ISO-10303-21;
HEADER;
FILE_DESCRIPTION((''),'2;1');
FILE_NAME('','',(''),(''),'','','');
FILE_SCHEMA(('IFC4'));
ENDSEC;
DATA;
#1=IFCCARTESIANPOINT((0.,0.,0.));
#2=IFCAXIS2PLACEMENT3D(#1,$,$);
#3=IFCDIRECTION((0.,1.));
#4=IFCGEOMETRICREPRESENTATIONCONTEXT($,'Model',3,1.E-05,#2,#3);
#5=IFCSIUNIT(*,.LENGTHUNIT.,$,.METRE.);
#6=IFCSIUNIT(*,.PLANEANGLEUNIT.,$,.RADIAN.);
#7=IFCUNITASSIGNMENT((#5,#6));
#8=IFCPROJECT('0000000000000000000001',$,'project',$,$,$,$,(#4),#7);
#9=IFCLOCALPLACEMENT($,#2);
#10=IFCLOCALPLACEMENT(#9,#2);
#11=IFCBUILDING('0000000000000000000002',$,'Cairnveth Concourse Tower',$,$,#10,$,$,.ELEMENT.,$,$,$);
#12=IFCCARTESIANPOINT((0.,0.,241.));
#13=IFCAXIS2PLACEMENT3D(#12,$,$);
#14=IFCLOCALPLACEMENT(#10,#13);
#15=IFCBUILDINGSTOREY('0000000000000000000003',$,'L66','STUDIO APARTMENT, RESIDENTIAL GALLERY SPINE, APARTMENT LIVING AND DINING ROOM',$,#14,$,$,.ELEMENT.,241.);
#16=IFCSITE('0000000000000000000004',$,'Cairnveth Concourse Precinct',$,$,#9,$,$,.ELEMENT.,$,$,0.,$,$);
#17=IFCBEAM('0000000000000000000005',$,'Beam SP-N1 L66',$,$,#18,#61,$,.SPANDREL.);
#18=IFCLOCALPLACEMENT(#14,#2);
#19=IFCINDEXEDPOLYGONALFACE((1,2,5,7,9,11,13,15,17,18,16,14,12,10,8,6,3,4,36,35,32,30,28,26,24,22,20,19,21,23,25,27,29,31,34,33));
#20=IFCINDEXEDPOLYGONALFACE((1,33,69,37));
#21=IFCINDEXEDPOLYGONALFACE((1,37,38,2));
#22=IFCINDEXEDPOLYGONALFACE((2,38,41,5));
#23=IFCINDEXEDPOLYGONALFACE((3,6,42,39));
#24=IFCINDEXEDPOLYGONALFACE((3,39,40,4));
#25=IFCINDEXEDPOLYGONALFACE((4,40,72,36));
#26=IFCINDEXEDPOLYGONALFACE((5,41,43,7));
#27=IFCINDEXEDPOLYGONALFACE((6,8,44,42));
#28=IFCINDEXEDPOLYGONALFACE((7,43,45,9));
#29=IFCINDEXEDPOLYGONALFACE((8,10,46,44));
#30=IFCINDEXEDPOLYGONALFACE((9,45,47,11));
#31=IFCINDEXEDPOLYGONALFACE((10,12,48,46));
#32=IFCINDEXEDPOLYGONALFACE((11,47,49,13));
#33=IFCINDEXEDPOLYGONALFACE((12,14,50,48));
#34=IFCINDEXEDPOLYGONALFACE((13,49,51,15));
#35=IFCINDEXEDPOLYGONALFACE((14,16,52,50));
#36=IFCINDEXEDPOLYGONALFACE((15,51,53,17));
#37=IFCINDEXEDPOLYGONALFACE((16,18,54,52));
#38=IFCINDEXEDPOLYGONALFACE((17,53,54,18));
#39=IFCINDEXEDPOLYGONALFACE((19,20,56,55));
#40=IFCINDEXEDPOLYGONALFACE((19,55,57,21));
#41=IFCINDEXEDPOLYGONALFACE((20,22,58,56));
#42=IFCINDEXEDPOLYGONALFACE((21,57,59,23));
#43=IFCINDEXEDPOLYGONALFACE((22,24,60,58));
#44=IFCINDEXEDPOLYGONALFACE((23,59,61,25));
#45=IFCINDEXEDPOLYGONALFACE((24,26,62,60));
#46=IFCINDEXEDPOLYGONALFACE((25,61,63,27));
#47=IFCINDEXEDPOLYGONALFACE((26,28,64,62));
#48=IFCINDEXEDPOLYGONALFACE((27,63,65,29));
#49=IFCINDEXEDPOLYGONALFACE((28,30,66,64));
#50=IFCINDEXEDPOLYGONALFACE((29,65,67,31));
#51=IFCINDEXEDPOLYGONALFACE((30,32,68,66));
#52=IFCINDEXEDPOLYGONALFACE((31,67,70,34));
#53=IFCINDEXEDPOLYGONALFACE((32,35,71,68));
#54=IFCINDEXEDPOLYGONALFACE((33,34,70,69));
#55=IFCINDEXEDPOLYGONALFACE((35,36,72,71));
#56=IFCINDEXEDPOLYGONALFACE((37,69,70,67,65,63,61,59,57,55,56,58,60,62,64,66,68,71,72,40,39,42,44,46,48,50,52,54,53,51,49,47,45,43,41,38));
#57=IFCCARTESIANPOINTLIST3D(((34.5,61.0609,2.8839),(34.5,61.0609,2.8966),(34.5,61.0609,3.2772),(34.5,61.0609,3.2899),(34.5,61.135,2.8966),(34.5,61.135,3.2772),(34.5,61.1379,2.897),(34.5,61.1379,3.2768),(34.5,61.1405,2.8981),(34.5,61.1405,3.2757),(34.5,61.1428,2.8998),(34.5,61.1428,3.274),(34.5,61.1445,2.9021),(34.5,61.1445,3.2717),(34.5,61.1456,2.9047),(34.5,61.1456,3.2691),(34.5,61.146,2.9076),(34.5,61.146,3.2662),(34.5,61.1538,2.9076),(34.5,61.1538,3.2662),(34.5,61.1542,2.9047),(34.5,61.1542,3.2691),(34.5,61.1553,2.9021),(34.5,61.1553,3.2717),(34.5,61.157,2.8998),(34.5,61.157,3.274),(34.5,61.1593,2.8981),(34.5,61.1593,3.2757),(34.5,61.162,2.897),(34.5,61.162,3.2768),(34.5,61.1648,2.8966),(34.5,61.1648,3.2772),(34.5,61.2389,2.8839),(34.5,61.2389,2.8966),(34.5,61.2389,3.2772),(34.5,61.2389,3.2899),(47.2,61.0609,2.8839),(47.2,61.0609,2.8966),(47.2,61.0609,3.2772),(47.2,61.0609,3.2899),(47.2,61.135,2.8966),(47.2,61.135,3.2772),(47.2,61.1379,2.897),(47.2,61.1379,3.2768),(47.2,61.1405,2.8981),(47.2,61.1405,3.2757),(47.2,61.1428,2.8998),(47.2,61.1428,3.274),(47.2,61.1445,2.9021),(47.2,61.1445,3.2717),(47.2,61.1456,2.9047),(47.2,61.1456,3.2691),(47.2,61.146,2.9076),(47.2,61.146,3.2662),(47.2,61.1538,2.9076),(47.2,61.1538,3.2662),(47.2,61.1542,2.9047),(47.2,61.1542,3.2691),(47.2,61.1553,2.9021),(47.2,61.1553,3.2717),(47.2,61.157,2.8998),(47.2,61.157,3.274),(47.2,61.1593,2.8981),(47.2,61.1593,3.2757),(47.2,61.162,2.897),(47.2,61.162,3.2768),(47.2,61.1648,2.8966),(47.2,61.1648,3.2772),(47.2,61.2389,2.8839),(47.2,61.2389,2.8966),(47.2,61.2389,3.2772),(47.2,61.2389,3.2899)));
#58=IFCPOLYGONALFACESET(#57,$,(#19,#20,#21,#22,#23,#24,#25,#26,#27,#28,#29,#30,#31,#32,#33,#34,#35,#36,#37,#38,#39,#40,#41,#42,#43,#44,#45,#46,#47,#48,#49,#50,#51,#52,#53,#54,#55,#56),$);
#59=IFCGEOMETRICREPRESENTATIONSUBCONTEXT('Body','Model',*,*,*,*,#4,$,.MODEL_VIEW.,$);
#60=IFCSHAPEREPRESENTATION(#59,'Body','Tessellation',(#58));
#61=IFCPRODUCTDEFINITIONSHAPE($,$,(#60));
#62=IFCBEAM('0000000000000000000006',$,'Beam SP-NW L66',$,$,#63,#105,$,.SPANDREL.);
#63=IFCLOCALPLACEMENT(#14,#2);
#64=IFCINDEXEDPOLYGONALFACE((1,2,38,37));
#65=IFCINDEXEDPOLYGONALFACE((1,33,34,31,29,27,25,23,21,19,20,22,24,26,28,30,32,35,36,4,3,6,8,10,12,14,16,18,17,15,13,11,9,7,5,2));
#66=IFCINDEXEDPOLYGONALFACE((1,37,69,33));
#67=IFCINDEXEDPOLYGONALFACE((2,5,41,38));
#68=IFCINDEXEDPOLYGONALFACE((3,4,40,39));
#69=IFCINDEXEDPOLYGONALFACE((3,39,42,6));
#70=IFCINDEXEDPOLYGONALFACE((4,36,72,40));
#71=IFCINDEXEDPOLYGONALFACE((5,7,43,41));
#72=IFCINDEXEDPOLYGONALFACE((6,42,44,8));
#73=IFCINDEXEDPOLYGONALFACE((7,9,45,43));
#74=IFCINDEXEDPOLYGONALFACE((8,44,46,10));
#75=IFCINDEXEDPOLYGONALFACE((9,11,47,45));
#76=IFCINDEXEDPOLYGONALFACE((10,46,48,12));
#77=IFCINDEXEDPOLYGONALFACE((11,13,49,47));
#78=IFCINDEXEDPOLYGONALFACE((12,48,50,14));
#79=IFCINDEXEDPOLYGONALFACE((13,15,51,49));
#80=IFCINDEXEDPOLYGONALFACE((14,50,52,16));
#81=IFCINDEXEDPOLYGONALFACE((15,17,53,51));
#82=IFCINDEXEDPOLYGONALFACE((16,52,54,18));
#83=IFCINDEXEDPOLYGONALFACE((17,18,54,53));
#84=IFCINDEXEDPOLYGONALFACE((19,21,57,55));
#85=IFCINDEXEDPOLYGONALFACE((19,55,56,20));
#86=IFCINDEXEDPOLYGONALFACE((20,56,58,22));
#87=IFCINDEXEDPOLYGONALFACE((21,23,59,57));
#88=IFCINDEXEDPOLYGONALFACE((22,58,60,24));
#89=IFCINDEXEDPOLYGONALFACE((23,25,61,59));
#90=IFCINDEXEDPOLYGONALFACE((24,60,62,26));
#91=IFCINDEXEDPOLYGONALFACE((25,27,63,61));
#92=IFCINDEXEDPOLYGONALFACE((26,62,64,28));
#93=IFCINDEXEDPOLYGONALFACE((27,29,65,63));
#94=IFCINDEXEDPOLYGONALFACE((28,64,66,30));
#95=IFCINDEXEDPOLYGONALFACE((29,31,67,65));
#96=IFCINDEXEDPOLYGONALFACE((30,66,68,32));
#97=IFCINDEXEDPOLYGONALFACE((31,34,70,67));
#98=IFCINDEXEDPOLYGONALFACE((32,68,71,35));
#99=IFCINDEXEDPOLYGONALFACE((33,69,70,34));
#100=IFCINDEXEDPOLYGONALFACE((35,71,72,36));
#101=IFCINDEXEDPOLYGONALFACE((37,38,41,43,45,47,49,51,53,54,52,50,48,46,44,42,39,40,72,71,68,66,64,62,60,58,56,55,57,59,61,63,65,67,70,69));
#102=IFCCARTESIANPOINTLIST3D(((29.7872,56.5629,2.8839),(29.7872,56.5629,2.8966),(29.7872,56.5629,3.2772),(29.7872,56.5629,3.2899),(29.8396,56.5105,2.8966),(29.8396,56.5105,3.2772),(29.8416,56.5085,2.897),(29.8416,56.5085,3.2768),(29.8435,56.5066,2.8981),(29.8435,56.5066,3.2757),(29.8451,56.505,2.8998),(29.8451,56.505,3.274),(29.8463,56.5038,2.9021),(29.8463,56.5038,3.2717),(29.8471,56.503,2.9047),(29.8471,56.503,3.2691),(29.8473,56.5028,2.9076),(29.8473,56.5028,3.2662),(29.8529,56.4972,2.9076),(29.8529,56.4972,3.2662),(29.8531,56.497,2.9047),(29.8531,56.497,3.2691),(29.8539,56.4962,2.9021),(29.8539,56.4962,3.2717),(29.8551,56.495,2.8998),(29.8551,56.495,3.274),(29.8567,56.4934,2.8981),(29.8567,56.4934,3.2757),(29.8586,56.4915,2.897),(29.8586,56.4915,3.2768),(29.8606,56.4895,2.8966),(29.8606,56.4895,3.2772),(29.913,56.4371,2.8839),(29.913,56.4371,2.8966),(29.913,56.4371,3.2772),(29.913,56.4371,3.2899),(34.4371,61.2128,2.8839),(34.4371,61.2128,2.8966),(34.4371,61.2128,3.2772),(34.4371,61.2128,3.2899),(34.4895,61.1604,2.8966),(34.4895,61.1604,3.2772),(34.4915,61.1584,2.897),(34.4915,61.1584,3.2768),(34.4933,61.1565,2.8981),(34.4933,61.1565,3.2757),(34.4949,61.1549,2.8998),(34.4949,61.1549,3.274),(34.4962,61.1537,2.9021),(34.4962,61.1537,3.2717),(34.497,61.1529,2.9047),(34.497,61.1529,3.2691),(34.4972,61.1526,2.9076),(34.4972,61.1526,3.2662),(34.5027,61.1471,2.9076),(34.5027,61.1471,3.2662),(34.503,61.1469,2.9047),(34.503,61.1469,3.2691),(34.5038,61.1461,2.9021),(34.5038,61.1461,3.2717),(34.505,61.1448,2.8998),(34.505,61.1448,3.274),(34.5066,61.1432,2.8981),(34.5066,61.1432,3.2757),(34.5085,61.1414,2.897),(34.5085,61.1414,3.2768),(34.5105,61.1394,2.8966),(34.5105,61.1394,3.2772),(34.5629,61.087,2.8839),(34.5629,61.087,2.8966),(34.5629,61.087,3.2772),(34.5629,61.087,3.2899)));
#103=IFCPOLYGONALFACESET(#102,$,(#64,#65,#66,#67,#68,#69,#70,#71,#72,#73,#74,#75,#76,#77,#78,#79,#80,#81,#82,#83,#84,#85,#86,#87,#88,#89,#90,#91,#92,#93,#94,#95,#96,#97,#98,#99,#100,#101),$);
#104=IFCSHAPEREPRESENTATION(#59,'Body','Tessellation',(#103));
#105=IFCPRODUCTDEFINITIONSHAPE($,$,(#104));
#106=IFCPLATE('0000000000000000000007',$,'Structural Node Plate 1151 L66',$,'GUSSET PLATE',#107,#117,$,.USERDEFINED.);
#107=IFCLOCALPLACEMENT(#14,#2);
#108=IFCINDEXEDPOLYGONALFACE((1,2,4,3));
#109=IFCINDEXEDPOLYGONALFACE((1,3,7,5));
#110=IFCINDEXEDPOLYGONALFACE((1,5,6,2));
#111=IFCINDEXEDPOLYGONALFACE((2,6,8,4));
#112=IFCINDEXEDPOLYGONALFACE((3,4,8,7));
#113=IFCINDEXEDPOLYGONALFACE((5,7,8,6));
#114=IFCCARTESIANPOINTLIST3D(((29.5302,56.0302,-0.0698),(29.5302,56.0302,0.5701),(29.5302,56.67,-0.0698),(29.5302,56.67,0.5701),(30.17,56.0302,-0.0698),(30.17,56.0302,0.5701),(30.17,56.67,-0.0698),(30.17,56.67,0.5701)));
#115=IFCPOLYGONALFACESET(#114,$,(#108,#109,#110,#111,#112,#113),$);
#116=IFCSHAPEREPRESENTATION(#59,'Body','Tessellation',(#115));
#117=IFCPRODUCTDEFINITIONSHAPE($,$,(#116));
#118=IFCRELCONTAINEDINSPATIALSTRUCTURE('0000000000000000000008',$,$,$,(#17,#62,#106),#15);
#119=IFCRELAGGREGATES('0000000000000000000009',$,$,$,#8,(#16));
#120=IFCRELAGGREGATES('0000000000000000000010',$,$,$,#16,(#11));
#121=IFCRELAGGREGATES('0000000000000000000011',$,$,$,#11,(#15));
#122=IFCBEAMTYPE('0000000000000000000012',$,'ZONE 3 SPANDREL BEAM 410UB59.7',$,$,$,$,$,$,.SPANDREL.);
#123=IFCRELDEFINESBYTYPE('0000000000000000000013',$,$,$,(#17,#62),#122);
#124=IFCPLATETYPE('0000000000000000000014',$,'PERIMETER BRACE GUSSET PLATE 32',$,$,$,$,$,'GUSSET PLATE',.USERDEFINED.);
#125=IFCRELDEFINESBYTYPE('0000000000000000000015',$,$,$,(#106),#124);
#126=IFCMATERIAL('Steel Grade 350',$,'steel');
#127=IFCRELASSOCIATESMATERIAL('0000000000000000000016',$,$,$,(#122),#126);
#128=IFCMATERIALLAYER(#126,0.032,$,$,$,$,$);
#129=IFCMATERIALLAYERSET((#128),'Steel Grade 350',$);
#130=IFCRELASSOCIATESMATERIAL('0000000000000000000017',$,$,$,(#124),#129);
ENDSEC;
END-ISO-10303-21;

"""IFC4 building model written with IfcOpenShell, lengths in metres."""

from ifc_helpers import new_model, si_unit, direction, frame, origin, origin_2d, place, context, subcontext, project, spatial, rectangle, i_section, extrude, material, layer, layer_set, material_profile, profile_set, type_object, element, save


model = new_model("IFC4")

# Units and contexts
model_context = context("Model", 3, precision=1e-05, world=origin(), true_north=direction((0.0, 1.0)))
body_context = subcontext(model_context, "Body", "Model", "MODEL_VIEW")
ifc_project = project(units=[si_unit("LENGTHUNIT", "METRE"), si_unit("PLANEANGLEUNIT", "RADIAN")], contexts=[model_context])

# Site, building, storey
site_placement = place(None, origin())
site = spatial("IfcSite", under=ifc_project, at=site_placement, Name="Cairnveth Concourse Precinct", CompositionType="ELEMENT", RefElevation=0.0)
building_placement = place(site_placement, origin())
building = spatial("IfcBuilding", under=site, at=building_placement, Name="Cairnveth Concourse Tower", CompositionType="ELEMENT")
storey_placement = place(building_placement, frame((0.0, 0.0, 241.0)))
storey = spatial("IfcBuildingStorey", under=building, at=storey_placement, Name="L66", Description="STUDIO APARTMENT, RESIDENTIAL GALLERY SPINE, APARTMENT LIVING AND DINING ROOM", CompositionType="ELEMENT", Elevation=241.0)

# Shared definitions
ifc_material_1 = material(Name="Steel Grade 350", Category="steel")

# Beams
ifc_material_profile_1 = material_profile(ifc_material_1, i_section(OverallWidth=0.178, OverallDepth=0.406, WebThickness=0.0078, FlangeThickness=0.0127, FilletRadius=0.011, at=origin_2d()), Name="410UB59.7")
ifc_profile_set_1 = profile_set([ifc_material_profile_1], Name="Steel Grade 350")
beam_type_1 = type_object("IfcBeamType", Name="ZONE 3 SPANDREL BEAM 410UB59.7", PredefinedType="SPANDREL", material=ifc_profile_set_1)
beam_1_placement = place(storey_placement, frame((34.5, 61.1499, 3.0869), z_axis=(1.0, 0.0, 0.0), x_axis=(0.0, 1.0, 0.0)))
element("IfcBeam", 1, at=beam_1_placement, inside=storey, type_object=beam_type_1, Name="Beam SP-N1 L66", PredefinedType="SPANDREL", context=body_context, shape_type="SweptSolid", body=[
    extrude(i_section(OverallWidth=0.178, OverallDepth=0.406, WebThickness=0.0078, FlangeThickness=0.0127, FilletRadius=0.011, at=origin_2d()), origin(), (0.0, 0.0, 1.0), 12.7),
])
beam_2_placement = place(storey_placement, frame((29.8501, 56.5, 3.0869), z_axis=(0.707107, 0.707107, 0.0), x_axis=(-0.707107, 0.707107, 0.0)))
element("IfcBeam", 2, at=beam_2_placement, inside=storey, type_object=beam_type_1, Name="Beam SP-NW L66", PredefinedType="SPANDREL", context=body_context, shape_type="SweptSolid", body=[
    extrude(i_section(OverallWidth=0.178, OverallDepth=0.406, WebThickness=0.0078, FlangeThickness=0.0127, FilletRadius=0.011, at=origin_2d()), origin(), (0.0, 0.0, 1.0), 6.5759),
])

# Plate
ifc_layer_1 = layer(ifc_material_1, 0.032)
ifc_layer_set_1 = layer_set([ifc_layer_1], Name="Steel Grade 350")
plate_type = type_object("IfcPlateType", Name="PERIMETER BRACE GUSSET PLATE 32", ElementType="GUSSET PLATE", PredefinedType="USERDEFINED", material=ifc_layer_set_1)
plate_placement = place(storey_placement, frame((29.8501, 56.3501, -0.0698), z_axis=(0.0, 0.0, 1.0), x_axis=(1.0, 0.0, 0.0)))
element("IfcPlate", 3, at=plate_placement, inside=storey, type_object=plate_type, Name="Structural Node Plate 1151 L66", ObjectType="GUSSET PLATE", PredefinedType="USERDEFINED", context=body_context, shape_type="SweptSolid", body=[
    extrude(rectangle(XDim=0.6399, YDim=0.6399, at=origin_2d()), origin(), (0.0, 0.0, 1.0), 0.6399),
])

save(model, "model.ifc")
